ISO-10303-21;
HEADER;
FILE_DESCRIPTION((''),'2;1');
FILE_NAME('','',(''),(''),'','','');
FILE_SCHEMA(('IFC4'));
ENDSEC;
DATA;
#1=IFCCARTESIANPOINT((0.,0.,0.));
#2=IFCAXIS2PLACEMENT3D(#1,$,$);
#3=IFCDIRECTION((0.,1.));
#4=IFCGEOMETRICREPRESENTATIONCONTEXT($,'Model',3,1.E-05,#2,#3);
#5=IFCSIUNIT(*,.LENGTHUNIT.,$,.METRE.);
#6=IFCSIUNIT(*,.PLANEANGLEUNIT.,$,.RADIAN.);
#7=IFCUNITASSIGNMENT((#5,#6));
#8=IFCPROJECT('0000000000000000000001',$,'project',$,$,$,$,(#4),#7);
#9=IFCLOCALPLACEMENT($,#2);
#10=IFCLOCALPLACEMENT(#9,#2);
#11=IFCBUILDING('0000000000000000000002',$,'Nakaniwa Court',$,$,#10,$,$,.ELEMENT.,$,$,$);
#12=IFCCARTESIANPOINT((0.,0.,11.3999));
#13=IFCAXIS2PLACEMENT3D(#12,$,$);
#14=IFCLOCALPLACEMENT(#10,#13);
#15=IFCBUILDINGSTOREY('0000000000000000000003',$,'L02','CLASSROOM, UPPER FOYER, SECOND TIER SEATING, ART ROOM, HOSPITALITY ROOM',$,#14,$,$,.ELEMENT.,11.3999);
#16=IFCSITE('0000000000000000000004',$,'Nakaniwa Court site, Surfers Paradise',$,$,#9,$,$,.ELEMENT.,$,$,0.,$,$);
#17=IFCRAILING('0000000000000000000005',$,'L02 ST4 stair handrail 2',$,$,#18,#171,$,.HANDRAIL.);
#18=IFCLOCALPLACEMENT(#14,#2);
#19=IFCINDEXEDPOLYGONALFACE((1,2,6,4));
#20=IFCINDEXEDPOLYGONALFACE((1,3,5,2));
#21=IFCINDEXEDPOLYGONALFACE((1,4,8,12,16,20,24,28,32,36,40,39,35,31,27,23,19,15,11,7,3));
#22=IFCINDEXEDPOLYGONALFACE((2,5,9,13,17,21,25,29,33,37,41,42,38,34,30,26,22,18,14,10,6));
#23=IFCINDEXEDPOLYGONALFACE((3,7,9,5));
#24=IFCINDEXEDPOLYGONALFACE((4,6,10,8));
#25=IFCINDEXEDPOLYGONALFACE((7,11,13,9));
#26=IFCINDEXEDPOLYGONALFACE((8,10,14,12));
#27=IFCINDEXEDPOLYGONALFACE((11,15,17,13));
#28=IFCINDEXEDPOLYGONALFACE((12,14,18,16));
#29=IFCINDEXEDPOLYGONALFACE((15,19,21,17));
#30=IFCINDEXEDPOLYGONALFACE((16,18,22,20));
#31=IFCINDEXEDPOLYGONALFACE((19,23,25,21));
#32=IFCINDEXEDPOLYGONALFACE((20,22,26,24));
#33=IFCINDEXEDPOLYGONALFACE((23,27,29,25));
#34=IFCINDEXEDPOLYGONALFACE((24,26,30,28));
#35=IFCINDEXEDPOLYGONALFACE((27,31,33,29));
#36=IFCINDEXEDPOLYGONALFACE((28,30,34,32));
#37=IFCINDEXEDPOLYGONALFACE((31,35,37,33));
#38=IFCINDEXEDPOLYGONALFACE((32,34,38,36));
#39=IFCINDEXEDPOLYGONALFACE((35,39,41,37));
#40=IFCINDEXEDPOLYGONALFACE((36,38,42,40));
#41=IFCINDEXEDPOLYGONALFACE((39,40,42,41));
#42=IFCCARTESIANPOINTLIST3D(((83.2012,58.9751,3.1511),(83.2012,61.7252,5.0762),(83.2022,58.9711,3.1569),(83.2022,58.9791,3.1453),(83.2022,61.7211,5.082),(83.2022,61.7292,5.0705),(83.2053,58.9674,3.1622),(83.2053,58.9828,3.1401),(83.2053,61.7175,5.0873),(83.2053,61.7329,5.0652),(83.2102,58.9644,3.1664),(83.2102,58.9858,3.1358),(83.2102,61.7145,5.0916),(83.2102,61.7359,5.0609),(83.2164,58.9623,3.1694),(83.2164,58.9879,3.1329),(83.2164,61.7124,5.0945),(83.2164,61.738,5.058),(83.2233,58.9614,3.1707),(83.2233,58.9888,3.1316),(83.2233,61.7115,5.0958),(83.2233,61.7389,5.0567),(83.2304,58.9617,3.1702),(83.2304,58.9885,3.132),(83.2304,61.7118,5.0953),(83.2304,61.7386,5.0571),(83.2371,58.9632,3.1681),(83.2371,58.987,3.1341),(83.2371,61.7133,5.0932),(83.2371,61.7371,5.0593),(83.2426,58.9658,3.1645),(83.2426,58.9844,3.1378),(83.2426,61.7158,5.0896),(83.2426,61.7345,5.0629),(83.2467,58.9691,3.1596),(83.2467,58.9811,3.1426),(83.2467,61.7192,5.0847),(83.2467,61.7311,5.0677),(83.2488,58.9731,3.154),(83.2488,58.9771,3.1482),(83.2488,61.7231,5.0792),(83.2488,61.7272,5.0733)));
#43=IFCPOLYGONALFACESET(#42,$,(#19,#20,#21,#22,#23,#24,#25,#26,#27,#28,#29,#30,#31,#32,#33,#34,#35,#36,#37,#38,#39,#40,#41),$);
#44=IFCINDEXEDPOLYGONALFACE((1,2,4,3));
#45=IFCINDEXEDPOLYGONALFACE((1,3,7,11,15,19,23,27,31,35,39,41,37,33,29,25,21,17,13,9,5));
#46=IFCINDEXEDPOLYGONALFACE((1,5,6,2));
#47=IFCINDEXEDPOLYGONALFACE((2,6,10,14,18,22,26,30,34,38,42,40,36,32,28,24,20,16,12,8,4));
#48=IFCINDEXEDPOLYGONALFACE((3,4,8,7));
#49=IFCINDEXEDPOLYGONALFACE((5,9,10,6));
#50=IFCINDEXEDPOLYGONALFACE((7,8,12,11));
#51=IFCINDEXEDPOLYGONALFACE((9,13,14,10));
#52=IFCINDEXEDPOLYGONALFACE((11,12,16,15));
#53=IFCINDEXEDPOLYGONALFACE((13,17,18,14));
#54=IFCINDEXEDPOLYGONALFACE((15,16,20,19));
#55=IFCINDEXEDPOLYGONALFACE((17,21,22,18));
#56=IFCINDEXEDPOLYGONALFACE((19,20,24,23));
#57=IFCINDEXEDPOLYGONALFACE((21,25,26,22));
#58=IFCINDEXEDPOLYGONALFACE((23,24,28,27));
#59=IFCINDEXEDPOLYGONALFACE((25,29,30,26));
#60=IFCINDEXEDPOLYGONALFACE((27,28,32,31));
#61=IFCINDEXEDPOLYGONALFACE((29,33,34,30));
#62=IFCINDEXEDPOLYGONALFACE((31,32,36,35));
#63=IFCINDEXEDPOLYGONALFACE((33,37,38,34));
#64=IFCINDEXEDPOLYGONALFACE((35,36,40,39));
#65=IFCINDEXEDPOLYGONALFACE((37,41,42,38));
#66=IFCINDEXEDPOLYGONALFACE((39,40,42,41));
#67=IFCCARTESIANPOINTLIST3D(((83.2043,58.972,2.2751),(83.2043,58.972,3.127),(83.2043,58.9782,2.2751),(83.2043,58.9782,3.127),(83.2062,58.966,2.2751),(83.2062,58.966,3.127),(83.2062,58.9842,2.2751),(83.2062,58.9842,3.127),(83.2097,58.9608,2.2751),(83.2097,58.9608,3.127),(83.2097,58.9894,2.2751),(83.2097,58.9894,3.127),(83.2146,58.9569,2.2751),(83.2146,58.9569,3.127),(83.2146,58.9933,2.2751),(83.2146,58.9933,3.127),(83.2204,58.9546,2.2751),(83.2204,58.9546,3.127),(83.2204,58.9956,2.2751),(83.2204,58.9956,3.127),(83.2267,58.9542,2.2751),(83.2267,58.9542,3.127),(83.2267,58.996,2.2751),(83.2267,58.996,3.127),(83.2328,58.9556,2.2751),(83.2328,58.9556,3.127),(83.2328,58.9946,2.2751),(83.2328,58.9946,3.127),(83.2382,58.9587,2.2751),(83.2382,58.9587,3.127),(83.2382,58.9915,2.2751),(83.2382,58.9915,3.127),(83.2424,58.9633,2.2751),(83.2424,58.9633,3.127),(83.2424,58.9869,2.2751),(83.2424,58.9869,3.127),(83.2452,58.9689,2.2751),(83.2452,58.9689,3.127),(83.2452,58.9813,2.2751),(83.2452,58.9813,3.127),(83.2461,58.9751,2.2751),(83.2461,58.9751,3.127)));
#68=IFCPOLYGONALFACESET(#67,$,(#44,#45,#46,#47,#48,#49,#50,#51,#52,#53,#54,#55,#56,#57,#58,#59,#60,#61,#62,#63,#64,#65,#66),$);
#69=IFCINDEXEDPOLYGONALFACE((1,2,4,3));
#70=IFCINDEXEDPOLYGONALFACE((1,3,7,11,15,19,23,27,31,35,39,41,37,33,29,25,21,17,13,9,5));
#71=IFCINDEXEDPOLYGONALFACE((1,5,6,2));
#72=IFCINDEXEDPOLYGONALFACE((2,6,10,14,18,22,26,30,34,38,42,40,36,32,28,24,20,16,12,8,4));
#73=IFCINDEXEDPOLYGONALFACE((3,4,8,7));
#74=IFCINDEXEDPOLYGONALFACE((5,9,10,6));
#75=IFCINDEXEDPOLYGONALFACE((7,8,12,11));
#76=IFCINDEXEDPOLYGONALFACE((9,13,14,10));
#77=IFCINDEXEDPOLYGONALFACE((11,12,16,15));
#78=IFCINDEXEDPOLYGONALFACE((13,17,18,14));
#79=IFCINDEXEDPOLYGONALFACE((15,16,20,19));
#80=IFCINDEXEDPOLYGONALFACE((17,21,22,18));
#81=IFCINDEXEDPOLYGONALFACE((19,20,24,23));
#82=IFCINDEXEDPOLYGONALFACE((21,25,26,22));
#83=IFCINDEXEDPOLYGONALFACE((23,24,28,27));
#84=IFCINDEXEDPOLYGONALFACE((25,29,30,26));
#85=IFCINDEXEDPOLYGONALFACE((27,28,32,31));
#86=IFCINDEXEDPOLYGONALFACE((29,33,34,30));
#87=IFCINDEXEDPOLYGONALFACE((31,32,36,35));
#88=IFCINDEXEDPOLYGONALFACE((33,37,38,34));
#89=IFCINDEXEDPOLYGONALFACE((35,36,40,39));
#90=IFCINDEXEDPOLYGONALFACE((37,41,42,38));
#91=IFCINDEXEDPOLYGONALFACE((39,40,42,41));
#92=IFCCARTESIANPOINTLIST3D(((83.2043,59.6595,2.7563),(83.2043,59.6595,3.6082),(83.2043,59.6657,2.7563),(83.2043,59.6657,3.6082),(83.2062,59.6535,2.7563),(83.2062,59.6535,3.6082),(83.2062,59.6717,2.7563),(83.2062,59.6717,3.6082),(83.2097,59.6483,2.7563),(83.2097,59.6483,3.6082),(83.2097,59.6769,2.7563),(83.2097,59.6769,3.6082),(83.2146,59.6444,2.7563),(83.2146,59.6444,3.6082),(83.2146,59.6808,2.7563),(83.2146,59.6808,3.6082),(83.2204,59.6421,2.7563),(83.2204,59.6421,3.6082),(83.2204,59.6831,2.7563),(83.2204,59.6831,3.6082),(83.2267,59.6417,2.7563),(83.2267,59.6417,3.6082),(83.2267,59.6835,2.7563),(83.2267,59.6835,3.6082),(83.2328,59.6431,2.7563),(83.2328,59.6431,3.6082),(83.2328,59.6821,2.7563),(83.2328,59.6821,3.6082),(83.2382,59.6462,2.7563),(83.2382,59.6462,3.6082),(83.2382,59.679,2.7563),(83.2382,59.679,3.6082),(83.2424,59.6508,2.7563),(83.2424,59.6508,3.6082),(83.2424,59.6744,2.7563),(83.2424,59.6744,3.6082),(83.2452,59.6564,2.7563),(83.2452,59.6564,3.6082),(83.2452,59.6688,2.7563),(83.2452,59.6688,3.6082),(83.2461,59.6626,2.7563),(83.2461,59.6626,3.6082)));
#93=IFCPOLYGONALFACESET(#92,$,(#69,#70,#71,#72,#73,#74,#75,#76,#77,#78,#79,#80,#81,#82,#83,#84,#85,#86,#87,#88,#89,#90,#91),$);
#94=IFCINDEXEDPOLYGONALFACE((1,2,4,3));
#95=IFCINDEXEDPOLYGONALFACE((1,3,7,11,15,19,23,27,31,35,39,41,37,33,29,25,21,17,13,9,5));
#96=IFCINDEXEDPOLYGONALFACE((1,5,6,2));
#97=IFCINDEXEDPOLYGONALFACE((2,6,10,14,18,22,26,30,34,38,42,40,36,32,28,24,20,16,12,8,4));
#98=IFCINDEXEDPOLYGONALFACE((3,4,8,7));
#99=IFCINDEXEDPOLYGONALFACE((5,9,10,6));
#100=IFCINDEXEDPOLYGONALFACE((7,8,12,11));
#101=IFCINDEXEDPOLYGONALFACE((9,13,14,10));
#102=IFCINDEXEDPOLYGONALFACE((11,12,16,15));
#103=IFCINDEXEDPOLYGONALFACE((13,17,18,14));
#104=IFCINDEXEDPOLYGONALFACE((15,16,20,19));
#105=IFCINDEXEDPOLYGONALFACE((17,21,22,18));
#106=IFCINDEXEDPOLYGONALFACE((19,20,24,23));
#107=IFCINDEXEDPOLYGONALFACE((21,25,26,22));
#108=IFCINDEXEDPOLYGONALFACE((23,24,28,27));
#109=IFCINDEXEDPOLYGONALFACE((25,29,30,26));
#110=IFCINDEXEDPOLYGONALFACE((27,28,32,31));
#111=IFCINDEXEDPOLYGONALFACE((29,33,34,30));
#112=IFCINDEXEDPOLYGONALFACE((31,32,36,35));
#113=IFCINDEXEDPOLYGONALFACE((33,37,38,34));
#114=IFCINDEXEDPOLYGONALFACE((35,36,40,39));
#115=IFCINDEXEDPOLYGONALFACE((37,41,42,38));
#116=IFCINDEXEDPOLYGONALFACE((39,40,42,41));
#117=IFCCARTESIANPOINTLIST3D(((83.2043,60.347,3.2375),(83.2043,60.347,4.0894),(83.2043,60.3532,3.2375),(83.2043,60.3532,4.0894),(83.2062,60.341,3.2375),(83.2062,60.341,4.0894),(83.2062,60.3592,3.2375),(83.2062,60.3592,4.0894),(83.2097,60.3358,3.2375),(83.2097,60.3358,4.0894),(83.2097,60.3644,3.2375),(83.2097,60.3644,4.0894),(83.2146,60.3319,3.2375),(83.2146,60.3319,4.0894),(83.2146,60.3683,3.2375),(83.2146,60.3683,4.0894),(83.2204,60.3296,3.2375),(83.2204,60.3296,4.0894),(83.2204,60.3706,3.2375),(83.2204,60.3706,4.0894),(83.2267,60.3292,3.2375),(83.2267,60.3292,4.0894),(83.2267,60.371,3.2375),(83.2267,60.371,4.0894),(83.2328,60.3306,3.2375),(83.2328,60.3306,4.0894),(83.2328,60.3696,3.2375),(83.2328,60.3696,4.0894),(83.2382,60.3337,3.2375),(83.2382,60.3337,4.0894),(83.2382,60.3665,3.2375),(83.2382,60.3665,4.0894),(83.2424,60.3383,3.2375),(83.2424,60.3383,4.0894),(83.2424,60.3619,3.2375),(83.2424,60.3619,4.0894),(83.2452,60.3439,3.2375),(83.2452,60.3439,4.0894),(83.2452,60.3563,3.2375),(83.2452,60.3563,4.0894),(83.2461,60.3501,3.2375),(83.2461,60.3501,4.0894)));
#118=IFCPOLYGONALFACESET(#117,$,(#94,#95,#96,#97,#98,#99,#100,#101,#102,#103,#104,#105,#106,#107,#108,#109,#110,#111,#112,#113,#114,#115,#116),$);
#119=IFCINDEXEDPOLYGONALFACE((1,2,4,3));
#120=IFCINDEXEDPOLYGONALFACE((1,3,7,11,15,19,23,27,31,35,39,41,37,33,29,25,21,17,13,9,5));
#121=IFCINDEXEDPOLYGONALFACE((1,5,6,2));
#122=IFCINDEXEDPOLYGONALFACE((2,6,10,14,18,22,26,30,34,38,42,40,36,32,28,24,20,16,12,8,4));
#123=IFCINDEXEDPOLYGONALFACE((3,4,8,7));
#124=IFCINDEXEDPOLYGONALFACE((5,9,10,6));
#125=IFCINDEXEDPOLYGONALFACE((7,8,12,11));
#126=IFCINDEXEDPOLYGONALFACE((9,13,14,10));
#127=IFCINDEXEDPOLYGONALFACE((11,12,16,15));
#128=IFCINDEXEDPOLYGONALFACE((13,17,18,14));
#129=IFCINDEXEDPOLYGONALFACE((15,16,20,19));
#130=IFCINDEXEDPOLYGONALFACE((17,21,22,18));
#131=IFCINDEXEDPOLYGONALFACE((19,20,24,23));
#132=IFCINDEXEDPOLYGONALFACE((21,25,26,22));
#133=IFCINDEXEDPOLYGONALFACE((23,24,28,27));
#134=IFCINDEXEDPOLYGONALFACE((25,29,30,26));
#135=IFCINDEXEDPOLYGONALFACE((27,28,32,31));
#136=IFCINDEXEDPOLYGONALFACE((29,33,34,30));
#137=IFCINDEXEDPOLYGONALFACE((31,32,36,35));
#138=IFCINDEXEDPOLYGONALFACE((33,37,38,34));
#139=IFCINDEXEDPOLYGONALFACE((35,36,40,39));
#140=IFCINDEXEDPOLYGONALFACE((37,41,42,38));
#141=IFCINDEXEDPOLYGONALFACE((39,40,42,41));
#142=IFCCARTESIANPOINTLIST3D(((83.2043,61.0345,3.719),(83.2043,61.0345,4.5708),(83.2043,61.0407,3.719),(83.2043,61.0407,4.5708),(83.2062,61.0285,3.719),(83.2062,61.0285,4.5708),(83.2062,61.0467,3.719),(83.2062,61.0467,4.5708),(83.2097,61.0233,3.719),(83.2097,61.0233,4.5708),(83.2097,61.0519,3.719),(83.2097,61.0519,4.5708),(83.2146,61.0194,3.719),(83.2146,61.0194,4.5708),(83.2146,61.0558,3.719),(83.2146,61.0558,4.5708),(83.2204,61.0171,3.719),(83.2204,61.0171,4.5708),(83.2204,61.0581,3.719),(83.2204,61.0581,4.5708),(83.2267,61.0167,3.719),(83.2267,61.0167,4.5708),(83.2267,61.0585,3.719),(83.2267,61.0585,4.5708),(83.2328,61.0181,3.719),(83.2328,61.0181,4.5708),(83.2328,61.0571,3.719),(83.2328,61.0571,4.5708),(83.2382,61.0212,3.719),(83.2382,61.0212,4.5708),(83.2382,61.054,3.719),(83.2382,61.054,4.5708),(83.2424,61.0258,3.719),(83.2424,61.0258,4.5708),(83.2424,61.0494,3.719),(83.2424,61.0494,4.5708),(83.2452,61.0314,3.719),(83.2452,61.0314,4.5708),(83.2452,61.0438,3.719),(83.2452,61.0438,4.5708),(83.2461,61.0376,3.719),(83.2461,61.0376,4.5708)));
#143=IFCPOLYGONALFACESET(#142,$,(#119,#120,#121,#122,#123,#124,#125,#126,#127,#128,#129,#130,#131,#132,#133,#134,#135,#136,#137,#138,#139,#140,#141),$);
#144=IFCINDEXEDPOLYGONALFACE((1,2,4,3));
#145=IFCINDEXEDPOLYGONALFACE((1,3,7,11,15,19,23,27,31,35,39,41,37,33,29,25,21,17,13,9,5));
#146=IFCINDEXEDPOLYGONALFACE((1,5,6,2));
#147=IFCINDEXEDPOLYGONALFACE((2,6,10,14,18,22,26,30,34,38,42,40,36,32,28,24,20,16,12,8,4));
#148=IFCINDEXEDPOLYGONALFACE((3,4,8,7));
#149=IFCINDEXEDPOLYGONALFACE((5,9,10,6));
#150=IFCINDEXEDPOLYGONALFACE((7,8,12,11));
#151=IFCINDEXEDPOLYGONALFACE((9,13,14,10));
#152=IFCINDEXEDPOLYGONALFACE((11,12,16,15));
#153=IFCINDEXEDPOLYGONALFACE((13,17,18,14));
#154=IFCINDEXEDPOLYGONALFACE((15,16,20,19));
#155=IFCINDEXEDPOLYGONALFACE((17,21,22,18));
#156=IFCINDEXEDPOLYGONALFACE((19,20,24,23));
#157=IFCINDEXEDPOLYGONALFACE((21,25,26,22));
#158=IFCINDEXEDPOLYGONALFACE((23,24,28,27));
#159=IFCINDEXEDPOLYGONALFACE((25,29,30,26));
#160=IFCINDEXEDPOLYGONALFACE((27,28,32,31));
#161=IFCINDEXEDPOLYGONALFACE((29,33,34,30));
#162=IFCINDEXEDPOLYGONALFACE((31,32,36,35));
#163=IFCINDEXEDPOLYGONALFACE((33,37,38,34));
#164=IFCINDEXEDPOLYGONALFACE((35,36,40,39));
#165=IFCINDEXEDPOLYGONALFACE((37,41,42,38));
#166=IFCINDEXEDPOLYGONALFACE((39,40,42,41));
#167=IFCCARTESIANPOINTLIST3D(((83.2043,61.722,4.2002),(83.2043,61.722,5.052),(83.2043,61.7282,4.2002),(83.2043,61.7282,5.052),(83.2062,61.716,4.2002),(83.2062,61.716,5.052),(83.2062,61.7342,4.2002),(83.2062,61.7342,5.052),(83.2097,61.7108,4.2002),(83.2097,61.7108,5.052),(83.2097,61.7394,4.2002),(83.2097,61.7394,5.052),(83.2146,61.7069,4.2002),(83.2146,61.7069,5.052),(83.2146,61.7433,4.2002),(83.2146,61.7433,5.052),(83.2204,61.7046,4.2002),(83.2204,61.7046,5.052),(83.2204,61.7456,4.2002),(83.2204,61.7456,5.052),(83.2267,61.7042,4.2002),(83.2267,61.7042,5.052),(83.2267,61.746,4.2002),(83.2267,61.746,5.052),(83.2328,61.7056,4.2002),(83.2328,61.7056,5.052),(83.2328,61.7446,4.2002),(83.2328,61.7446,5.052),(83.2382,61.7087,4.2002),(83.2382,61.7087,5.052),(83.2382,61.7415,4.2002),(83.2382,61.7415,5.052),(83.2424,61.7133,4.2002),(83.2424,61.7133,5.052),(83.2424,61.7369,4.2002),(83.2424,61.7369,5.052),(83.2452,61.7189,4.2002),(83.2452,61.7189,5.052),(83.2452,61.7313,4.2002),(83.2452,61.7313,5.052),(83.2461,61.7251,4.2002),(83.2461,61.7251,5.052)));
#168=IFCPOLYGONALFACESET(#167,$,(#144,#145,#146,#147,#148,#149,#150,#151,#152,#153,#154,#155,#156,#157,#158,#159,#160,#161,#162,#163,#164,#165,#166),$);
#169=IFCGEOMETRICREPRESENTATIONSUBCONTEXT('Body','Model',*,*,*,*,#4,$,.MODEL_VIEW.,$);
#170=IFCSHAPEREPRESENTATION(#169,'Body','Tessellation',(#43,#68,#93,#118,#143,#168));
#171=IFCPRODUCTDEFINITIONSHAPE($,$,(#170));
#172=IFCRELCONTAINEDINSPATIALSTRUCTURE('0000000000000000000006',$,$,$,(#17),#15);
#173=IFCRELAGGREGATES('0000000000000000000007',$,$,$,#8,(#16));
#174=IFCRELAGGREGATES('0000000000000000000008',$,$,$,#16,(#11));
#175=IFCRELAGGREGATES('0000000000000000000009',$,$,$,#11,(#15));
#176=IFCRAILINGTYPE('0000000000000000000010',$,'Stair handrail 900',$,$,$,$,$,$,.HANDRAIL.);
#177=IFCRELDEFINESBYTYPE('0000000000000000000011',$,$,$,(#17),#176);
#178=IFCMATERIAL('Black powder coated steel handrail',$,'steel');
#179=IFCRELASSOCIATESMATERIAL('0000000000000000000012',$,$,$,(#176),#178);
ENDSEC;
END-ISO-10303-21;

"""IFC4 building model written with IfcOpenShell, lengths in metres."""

from ifc_helpers import new_model, si_unit, direction, frame, origin, origin_2d, place, context, subcontext, project, spatial, circle, extrude, material, type_object, element, save


model = new_model("IFC4")

# Units and contexts
model_context = context("Model", 3, precision=1e-05, world=origin(), true_north=direction((0.0, 1.0)))
body_context = subcontext(model_context, "Body", "Model", "MODEL_VIEW")
ifc_project = project(units=[si_unit("LENGTHUNIT", "METRE"), si_unit("PLANEANGLEUNIT", "RADIAN")], contexts=[model_context])

# Site, building, storey
site_placement = place(None, origin())
site = spatial("IfcSite", under=ifc_project, at=site_placement, Name="Nakaniwa Court site, Surfers Paradise", CompositionType="ELEMENT", RefElevation=0.0)
building_placement = place(site_placement, origin())
building = spatial("IfcBuilding", under=site, at=building_placement, Name="Nakaniwa Court", CompositionType="ELEMENT")
storey_placement = place(building_placement, frame((0.0, 0.0, 11.3999)))
storey = spatial("IfcBuildingStorey", under=building, at=storey_placement, Name="L02", Description="CLASSROOM, UPPER FOYER, SECOND TIER SEATING, ART ROOM, HOSPITALITY ROOM", CompositionType="ELEMENT", Elevation=11.3999)

# Railing
ifc_material_1 = material(Name="Black powder coated steel handrail", Category="steel")
railing_type_1 = type_object("IfcRailingType", Name="Stair handrail 900", PredefinedType="HANDRAIL", material=ifc_material_1)
for number, where, name in (
    (1, (83.2251, 58.9751, 2.2751), "L02 ST4 stair handrail 2"),
):
    element("IfcRailing", number, at=place(storey_placement, frame(where)), inside=storey, type_object=railing_type_1, Name=name, PredefinedType="HANDRAIL", context=body_context, shape_type="SweptSolid", body=[
        extrude(circle(Radius=0.0239, at=origin_2d()), frame((0.0, 0.0, 0.876), z_axis=(0.0, 0.819225, 0.573472), x_axis=(-1.0, 0.0, 0.0)), (0.0, 0.0, 1.0), 3.3569),
        extrude(circle(Radius=0.021, at=origin_2d()), origin(), (0.0, 0.0, 1.0), 0.8518),
        extrude(circle(Radius=0.021, at=origin_2d()), frame((0.0, 0.6875, 0.4812)), (0.0, 0.0, 1.0), 0.8518),
        extrude(circle(Radius=0.021, at=origin_2d()), frame((0.0, 1.375, 0.9624)), (0.0, 0.0, 1.0), 0.8518),
        extrude(circle(Radius=0.021, at=origin_2d()), frame((0.0, 2.0625, 1.4438)), (0.0, 0.0, 1.0), 0.8518),
        extrude(circle(Radius=0.021, at=origin_2d()), frame((0.0, 2.75, 1.925)), (0.0, 0.0, 1.0), 0.8518),
    ])

save(model, "model.ifc")
